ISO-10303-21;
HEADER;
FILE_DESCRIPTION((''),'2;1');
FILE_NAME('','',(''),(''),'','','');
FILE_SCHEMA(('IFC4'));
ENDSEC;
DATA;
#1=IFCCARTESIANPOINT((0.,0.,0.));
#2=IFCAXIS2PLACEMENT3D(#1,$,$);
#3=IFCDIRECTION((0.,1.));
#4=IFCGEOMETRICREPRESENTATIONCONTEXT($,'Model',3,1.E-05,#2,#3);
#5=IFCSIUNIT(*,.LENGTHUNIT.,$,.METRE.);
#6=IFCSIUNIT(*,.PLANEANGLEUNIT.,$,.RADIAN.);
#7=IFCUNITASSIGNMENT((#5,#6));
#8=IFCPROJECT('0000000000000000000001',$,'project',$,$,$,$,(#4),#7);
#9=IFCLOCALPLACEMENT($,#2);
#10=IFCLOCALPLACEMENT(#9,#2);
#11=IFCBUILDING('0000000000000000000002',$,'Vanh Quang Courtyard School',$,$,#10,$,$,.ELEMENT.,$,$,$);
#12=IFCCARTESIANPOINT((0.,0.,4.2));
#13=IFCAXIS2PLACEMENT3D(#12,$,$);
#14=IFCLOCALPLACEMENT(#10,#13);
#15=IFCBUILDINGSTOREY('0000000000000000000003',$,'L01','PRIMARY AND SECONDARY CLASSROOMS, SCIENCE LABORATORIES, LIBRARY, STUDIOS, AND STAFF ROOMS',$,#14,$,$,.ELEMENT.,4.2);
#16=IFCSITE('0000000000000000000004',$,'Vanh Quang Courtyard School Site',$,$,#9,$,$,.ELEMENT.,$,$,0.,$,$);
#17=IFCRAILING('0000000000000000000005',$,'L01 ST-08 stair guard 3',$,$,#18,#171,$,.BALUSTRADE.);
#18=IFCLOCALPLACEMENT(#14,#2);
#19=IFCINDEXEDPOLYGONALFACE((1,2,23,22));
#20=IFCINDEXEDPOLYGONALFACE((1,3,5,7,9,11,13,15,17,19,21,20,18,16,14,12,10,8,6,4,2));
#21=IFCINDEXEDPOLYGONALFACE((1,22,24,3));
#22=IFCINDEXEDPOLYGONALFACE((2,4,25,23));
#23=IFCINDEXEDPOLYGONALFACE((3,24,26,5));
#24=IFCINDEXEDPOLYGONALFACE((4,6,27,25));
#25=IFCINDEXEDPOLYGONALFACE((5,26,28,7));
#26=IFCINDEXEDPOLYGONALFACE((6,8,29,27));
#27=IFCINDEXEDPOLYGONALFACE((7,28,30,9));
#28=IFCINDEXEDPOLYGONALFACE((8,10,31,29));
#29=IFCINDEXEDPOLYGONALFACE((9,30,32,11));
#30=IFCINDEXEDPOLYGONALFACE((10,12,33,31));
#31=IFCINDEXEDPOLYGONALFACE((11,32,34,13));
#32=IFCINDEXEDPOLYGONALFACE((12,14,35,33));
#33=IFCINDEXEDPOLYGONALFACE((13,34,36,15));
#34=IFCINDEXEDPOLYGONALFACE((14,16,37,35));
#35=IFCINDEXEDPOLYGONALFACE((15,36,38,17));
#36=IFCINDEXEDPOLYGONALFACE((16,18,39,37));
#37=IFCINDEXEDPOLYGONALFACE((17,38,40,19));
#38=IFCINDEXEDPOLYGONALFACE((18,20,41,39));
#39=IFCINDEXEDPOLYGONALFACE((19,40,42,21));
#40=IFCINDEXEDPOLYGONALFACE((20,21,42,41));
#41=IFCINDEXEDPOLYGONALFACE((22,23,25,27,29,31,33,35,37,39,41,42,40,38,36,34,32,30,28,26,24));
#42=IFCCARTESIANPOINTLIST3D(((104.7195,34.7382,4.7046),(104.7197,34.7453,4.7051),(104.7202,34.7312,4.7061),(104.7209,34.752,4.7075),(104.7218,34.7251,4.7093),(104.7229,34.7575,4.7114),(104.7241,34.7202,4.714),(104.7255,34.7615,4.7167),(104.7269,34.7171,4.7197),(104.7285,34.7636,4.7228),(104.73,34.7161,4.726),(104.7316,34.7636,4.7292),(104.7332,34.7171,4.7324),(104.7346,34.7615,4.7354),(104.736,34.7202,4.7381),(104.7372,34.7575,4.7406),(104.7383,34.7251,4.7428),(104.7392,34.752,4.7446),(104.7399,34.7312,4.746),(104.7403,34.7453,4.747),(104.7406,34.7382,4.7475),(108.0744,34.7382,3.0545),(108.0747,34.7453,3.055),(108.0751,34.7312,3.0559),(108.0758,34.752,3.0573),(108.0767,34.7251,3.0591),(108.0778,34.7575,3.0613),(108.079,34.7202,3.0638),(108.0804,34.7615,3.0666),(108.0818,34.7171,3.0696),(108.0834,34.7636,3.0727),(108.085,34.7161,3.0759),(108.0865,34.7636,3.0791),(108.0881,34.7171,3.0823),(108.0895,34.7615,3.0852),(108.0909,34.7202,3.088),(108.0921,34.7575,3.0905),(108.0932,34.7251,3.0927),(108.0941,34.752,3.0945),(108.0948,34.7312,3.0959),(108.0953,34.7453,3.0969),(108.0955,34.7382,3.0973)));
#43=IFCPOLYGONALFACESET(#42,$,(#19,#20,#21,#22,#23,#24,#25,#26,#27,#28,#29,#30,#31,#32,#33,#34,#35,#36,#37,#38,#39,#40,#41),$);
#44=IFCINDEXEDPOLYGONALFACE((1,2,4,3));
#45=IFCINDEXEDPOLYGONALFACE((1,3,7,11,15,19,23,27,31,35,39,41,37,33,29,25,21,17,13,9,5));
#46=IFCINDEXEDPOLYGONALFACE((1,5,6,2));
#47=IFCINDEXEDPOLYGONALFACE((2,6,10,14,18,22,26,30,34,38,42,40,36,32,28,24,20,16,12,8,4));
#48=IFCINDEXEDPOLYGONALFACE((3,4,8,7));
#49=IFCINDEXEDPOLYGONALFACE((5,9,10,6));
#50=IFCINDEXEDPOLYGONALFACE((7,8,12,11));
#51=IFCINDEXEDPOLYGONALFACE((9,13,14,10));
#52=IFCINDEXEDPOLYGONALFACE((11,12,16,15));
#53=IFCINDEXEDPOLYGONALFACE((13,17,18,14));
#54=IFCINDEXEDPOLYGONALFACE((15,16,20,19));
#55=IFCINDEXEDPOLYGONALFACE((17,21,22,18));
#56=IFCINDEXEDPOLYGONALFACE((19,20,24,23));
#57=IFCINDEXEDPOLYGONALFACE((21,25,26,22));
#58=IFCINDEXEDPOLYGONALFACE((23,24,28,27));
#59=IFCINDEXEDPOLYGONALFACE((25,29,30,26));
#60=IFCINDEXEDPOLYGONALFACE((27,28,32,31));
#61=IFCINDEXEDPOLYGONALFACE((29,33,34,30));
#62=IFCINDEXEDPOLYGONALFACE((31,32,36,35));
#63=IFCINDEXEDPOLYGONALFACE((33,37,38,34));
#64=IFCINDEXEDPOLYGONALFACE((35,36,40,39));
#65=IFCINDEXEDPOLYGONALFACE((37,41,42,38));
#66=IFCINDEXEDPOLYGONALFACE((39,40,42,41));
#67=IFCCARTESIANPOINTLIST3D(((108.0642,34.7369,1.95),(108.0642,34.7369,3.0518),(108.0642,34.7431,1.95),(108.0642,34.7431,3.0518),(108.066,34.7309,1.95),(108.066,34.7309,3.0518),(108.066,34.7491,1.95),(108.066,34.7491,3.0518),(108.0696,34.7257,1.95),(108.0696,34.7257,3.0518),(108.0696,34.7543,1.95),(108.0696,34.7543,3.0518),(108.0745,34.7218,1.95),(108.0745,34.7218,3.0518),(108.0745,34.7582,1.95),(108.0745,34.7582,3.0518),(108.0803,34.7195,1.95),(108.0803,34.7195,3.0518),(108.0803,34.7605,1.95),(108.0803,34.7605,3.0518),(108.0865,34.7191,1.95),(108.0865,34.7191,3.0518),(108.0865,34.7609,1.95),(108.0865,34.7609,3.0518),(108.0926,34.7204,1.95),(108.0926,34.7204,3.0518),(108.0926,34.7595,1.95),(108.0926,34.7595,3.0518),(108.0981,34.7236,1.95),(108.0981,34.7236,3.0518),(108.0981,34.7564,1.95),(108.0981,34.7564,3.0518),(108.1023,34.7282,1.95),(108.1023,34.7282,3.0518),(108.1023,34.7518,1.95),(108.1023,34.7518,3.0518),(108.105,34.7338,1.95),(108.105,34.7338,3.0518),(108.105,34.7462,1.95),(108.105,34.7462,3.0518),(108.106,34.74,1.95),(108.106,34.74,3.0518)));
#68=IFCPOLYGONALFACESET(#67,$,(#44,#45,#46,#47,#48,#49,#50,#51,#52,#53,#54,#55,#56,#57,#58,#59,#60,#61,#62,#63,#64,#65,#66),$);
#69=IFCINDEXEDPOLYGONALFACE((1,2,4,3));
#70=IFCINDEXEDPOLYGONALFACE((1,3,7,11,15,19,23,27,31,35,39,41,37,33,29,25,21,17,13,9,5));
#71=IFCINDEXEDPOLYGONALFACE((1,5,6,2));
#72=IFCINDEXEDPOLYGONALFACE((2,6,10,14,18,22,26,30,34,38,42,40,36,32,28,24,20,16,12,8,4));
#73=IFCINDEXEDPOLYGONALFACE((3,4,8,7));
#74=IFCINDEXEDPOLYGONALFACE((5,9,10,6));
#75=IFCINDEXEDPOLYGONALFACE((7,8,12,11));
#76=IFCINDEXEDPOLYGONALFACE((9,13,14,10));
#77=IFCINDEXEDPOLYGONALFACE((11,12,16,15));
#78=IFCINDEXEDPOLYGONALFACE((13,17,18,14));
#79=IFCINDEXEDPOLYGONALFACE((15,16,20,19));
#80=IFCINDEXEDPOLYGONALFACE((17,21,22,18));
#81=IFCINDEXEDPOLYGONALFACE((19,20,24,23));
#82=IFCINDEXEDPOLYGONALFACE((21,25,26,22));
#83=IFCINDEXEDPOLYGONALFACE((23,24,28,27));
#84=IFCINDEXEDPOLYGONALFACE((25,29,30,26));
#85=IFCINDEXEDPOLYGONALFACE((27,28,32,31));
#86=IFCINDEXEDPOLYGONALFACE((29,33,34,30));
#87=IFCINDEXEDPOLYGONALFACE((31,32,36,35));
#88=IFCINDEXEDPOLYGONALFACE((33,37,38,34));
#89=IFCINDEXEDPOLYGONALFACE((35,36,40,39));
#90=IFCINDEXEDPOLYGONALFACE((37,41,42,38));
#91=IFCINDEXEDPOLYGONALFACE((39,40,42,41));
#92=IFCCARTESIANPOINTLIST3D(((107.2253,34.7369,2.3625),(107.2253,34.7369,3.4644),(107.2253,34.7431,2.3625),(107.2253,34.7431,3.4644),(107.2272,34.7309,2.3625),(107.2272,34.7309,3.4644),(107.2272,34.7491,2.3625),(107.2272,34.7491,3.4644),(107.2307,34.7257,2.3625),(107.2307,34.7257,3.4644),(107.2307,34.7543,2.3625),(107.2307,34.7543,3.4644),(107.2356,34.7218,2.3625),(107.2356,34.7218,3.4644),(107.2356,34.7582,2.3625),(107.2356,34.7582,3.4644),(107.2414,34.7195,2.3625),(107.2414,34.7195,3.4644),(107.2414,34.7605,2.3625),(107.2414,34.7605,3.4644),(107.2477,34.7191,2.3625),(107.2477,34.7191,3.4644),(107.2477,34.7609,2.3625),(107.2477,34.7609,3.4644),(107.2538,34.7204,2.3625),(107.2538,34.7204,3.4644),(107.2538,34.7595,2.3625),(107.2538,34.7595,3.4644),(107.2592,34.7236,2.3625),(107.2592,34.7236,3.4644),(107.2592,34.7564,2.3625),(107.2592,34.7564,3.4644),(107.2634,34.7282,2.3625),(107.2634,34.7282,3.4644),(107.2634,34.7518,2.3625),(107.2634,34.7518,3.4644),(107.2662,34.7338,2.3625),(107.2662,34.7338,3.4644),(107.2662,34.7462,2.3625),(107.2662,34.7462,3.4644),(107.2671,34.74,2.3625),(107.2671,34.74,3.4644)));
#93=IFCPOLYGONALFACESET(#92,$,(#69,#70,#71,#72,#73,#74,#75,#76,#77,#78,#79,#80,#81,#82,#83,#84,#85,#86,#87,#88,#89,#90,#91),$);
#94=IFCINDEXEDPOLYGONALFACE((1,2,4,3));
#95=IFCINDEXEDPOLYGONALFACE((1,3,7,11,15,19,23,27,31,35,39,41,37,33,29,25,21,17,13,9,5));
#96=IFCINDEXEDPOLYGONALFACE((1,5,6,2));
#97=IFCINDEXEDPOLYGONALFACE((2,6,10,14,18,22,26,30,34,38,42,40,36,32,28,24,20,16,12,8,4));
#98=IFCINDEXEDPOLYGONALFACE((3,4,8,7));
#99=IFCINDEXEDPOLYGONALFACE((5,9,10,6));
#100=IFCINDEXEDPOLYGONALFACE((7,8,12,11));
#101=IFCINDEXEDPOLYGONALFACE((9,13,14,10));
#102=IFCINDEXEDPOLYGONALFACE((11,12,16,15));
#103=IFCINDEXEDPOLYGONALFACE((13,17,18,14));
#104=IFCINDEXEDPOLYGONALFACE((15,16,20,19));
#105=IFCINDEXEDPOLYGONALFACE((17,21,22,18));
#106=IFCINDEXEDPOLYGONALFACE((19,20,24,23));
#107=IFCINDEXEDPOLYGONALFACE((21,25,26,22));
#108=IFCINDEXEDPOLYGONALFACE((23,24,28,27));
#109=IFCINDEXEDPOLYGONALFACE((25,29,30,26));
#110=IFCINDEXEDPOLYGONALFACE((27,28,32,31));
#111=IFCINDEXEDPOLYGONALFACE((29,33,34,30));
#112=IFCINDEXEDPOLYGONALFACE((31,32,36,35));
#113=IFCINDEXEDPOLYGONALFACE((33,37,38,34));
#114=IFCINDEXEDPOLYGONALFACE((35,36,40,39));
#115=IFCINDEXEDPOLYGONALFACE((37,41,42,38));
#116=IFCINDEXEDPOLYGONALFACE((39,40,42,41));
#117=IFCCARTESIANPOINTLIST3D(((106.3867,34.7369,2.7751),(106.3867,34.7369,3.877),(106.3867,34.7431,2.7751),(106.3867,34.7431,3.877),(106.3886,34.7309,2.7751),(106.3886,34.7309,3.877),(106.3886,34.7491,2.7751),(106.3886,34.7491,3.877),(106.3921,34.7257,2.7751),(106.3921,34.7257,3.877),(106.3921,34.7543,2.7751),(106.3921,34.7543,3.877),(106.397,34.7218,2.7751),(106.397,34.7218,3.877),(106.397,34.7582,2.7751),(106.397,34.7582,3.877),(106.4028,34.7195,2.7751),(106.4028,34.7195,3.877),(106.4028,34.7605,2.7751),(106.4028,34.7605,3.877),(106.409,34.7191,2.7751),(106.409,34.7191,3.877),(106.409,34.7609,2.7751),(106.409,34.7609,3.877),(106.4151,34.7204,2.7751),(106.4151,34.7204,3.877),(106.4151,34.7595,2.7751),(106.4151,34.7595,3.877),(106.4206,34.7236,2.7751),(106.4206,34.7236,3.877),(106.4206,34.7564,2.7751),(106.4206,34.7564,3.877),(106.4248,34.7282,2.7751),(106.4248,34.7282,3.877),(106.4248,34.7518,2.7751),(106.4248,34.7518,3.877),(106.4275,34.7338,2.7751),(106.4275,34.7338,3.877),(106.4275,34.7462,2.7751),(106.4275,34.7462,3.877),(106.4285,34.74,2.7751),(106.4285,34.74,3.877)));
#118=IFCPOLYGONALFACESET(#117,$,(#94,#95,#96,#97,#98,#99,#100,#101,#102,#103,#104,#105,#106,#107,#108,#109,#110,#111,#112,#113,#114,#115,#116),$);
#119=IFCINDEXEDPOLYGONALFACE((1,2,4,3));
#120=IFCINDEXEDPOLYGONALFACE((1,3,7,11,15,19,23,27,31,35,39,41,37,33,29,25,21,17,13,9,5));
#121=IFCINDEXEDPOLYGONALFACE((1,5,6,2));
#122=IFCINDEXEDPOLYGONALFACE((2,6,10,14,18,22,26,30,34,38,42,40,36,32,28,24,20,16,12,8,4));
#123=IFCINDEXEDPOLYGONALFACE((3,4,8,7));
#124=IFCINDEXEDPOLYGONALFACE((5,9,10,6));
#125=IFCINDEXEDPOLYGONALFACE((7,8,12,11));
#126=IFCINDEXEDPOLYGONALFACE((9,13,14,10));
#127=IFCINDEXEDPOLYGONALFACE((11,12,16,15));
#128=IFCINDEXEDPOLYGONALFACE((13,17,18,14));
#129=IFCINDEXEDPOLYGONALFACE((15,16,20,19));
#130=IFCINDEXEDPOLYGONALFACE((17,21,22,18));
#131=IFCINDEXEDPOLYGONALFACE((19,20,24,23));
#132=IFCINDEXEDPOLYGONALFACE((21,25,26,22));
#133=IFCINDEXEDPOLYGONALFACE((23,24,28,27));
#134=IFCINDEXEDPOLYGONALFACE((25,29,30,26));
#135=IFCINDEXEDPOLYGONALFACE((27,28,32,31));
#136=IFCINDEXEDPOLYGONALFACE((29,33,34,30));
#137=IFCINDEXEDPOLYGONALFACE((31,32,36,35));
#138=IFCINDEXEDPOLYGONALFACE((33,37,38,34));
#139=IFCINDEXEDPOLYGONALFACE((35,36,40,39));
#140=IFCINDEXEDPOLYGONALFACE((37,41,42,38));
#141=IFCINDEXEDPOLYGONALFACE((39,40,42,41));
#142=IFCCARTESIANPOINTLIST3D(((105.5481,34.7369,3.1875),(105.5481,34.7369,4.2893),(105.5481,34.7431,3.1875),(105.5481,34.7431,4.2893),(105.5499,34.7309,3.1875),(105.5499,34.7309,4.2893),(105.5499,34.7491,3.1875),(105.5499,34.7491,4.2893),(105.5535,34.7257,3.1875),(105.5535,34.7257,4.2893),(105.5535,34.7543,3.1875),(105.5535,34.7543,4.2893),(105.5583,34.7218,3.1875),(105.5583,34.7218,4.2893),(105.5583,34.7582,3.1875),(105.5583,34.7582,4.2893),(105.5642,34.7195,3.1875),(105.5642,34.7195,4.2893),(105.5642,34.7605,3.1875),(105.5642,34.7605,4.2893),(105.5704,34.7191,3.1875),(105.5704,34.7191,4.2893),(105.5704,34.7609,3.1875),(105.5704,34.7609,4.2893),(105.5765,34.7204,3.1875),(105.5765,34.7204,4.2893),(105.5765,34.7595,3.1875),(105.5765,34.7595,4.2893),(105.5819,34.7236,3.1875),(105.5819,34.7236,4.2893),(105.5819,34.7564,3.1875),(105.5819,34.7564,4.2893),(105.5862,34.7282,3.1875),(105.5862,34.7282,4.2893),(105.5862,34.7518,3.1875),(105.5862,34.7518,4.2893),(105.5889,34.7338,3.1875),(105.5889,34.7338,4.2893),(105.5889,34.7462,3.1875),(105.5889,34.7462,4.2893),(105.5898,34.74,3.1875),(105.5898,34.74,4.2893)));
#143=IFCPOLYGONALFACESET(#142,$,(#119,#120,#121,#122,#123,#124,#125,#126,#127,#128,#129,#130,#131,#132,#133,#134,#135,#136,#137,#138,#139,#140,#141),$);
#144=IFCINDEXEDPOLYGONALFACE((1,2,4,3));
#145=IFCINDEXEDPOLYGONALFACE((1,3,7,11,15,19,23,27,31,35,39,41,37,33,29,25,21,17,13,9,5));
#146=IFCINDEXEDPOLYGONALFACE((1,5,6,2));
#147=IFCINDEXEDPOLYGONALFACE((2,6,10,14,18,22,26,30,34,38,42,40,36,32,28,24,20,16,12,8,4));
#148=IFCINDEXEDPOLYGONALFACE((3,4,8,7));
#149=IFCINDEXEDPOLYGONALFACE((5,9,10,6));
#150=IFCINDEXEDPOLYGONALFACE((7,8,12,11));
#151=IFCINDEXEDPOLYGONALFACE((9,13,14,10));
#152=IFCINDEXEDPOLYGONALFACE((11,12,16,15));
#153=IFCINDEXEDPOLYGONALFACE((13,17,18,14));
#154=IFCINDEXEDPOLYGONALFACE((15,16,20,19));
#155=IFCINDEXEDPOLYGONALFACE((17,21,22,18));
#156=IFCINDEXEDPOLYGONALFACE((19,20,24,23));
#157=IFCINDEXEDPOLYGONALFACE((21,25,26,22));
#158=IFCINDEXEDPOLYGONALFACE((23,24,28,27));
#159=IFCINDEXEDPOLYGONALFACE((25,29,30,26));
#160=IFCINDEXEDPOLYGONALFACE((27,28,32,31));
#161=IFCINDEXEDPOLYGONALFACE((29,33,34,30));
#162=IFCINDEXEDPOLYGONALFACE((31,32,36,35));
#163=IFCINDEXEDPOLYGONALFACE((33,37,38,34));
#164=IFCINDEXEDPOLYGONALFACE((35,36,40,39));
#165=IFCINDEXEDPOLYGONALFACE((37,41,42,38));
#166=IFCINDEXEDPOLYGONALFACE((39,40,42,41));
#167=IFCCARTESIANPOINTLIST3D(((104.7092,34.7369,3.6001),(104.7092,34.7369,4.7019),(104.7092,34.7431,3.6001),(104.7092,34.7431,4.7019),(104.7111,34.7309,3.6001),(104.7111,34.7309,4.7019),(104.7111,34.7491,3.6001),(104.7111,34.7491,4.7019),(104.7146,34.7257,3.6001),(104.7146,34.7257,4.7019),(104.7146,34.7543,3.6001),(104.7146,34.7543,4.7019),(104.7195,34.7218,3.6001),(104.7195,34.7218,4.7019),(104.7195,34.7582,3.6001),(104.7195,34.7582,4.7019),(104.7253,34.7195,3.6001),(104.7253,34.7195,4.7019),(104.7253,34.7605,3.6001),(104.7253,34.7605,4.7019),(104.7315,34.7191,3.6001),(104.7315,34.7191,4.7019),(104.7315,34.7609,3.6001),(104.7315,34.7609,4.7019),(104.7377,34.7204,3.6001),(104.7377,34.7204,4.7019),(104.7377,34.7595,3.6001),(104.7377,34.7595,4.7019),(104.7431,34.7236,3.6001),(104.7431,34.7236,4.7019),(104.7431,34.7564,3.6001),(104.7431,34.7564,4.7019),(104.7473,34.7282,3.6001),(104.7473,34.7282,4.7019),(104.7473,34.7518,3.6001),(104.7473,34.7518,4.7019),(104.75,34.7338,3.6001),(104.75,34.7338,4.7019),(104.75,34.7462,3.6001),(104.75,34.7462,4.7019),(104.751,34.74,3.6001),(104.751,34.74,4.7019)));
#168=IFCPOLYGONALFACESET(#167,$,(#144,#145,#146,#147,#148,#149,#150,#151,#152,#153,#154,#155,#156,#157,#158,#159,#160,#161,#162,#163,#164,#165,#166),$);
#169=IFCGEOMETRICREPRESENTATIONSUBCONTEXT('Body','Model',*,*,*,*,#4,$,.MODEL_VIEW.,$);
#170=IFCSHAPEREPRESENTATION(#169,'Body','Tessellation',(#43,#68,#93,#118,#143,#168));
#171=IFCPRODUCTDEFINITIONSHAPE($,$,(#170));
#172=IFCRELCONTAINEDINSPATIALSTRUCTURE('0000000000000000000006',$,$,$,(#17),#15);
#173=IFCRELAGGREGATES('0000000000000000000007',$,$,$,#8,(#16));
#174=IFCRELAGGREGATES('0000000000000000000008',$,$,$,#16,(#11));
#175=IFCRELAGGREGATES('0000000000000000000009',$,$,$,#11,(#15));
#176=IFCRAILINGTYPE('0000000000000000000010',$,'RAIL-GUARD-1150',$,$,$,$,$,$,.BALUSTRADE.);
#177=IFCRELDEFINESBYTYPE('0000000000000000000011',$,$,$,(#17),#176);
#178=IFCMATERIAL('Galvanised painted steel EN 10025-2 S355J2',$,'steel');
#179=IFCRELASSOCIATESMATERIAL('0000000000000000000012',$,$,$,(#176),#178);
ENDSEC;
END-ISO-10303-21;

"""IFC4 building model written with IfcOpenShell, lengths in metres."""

from ifc_helpers import new_model, si_unit, direction, frame, origin, origin_2d, place, context, subcontext, project, spatial, circle, extrude, material, type_object, element, save


model = new_model("IFC4")

# Units and contexts
model_context = context("Model", 3, precision=1e-05, world=origin(), true_north=direction((0.0, 1.0)))
body_context = subcontext(model_context, "Body", "Model", "MODEL_VIEW")
ifc_project = project(units=[si_unit("LENGTHUNIT", "METRE"), si_unit("PLANEANGLEUNIT", "RADIAN")], contexts=[model_context])

# Site, building, storey
site_placement = place(None, origin())
site = spatial("IfcSite", under=ifc_project, at=site_placement, Name="Vanh Quang Courtyard School Site", CompositionType="ELEMENT", RefElevation=0.0)
building_placement = place(site_placement, origin())
building = spatial("IfcBuilding", under=site, at=building_placement, Name="Vanh Quang Courtyard School", CompositionType="ELEMENT")
storey_placement = place(building_placement, frame((0.0, 0.0, 4.2)))
storey = spatial("IfcBuildingStorey", under=building, at=storey_placement, Name="L01", Description="PRIMARY AND SECONDARY CLASSROOMS, SCIENCE LABORATORIES, LIBRARY, STUDIOS, AND STAFF ROOMS", CompositionType="ELEMENT", Elevation=4.2)

# Railing
ifc_material_1 = material(Name="Galvanised painted steel EN 10025-2 S355J2", Category="steel")
railing_type_1 = type_object("IfcRailingType", Name="RAIL-GUARD-1150", PredefinedType="BALUSTRADE", material=ifc_material_1)
railing_1_placement = place(storey_placement, frame((108.085, 34.74, 1.95)))
element("IfcRailing", 1, at=railing_1_placement, inside=storey, type_object=railing_type_1, Name="L01 ST-08 stair guard 3", PredefinedType="BALUSTRADE", context=body_context, shape_type="SweptSolid", body=[
    extrude(circle(Radius=0.0239, at=origin_2d()), frame((0.0, 0.0, 1.126), z_axis=(-0.897333, 0.0, 0.441353), x_axis=(0.0, -1.0, 0.0)), (0.0, 0.0, 1.0), 3.7388),
    extrude(circle(Radius=0.021, at=origin_2d()), origin(), (0.0, 0.0, 1.0), 1.1018),
    extrude(circle(Radius=0.021, at=origin_2d()), frame((-0.8389, 0.0, 0.4126)), (0.0, 0.0, 1.0), 1.1018),
    extrude(circle(Radius=0.021, at=origin_2d()), frame((-1.6775, 0.0, 0.8252)), (0.0, 0.0, 1.0), 1.1018),
    extrude(circle(Radius=0.021, at=origin_2d()), frame((-2.5161, 0.0, 1.2375)), (0.0, 0.0, 1.0), 1.1018),
    extrude(circle(Radius=0.021, at=origin_2d()), frame((-3.355, 0.0, 1.6501)), (0.0, 0.0, 1.0), 1.1018),
])

save(model, "model.ifc")
